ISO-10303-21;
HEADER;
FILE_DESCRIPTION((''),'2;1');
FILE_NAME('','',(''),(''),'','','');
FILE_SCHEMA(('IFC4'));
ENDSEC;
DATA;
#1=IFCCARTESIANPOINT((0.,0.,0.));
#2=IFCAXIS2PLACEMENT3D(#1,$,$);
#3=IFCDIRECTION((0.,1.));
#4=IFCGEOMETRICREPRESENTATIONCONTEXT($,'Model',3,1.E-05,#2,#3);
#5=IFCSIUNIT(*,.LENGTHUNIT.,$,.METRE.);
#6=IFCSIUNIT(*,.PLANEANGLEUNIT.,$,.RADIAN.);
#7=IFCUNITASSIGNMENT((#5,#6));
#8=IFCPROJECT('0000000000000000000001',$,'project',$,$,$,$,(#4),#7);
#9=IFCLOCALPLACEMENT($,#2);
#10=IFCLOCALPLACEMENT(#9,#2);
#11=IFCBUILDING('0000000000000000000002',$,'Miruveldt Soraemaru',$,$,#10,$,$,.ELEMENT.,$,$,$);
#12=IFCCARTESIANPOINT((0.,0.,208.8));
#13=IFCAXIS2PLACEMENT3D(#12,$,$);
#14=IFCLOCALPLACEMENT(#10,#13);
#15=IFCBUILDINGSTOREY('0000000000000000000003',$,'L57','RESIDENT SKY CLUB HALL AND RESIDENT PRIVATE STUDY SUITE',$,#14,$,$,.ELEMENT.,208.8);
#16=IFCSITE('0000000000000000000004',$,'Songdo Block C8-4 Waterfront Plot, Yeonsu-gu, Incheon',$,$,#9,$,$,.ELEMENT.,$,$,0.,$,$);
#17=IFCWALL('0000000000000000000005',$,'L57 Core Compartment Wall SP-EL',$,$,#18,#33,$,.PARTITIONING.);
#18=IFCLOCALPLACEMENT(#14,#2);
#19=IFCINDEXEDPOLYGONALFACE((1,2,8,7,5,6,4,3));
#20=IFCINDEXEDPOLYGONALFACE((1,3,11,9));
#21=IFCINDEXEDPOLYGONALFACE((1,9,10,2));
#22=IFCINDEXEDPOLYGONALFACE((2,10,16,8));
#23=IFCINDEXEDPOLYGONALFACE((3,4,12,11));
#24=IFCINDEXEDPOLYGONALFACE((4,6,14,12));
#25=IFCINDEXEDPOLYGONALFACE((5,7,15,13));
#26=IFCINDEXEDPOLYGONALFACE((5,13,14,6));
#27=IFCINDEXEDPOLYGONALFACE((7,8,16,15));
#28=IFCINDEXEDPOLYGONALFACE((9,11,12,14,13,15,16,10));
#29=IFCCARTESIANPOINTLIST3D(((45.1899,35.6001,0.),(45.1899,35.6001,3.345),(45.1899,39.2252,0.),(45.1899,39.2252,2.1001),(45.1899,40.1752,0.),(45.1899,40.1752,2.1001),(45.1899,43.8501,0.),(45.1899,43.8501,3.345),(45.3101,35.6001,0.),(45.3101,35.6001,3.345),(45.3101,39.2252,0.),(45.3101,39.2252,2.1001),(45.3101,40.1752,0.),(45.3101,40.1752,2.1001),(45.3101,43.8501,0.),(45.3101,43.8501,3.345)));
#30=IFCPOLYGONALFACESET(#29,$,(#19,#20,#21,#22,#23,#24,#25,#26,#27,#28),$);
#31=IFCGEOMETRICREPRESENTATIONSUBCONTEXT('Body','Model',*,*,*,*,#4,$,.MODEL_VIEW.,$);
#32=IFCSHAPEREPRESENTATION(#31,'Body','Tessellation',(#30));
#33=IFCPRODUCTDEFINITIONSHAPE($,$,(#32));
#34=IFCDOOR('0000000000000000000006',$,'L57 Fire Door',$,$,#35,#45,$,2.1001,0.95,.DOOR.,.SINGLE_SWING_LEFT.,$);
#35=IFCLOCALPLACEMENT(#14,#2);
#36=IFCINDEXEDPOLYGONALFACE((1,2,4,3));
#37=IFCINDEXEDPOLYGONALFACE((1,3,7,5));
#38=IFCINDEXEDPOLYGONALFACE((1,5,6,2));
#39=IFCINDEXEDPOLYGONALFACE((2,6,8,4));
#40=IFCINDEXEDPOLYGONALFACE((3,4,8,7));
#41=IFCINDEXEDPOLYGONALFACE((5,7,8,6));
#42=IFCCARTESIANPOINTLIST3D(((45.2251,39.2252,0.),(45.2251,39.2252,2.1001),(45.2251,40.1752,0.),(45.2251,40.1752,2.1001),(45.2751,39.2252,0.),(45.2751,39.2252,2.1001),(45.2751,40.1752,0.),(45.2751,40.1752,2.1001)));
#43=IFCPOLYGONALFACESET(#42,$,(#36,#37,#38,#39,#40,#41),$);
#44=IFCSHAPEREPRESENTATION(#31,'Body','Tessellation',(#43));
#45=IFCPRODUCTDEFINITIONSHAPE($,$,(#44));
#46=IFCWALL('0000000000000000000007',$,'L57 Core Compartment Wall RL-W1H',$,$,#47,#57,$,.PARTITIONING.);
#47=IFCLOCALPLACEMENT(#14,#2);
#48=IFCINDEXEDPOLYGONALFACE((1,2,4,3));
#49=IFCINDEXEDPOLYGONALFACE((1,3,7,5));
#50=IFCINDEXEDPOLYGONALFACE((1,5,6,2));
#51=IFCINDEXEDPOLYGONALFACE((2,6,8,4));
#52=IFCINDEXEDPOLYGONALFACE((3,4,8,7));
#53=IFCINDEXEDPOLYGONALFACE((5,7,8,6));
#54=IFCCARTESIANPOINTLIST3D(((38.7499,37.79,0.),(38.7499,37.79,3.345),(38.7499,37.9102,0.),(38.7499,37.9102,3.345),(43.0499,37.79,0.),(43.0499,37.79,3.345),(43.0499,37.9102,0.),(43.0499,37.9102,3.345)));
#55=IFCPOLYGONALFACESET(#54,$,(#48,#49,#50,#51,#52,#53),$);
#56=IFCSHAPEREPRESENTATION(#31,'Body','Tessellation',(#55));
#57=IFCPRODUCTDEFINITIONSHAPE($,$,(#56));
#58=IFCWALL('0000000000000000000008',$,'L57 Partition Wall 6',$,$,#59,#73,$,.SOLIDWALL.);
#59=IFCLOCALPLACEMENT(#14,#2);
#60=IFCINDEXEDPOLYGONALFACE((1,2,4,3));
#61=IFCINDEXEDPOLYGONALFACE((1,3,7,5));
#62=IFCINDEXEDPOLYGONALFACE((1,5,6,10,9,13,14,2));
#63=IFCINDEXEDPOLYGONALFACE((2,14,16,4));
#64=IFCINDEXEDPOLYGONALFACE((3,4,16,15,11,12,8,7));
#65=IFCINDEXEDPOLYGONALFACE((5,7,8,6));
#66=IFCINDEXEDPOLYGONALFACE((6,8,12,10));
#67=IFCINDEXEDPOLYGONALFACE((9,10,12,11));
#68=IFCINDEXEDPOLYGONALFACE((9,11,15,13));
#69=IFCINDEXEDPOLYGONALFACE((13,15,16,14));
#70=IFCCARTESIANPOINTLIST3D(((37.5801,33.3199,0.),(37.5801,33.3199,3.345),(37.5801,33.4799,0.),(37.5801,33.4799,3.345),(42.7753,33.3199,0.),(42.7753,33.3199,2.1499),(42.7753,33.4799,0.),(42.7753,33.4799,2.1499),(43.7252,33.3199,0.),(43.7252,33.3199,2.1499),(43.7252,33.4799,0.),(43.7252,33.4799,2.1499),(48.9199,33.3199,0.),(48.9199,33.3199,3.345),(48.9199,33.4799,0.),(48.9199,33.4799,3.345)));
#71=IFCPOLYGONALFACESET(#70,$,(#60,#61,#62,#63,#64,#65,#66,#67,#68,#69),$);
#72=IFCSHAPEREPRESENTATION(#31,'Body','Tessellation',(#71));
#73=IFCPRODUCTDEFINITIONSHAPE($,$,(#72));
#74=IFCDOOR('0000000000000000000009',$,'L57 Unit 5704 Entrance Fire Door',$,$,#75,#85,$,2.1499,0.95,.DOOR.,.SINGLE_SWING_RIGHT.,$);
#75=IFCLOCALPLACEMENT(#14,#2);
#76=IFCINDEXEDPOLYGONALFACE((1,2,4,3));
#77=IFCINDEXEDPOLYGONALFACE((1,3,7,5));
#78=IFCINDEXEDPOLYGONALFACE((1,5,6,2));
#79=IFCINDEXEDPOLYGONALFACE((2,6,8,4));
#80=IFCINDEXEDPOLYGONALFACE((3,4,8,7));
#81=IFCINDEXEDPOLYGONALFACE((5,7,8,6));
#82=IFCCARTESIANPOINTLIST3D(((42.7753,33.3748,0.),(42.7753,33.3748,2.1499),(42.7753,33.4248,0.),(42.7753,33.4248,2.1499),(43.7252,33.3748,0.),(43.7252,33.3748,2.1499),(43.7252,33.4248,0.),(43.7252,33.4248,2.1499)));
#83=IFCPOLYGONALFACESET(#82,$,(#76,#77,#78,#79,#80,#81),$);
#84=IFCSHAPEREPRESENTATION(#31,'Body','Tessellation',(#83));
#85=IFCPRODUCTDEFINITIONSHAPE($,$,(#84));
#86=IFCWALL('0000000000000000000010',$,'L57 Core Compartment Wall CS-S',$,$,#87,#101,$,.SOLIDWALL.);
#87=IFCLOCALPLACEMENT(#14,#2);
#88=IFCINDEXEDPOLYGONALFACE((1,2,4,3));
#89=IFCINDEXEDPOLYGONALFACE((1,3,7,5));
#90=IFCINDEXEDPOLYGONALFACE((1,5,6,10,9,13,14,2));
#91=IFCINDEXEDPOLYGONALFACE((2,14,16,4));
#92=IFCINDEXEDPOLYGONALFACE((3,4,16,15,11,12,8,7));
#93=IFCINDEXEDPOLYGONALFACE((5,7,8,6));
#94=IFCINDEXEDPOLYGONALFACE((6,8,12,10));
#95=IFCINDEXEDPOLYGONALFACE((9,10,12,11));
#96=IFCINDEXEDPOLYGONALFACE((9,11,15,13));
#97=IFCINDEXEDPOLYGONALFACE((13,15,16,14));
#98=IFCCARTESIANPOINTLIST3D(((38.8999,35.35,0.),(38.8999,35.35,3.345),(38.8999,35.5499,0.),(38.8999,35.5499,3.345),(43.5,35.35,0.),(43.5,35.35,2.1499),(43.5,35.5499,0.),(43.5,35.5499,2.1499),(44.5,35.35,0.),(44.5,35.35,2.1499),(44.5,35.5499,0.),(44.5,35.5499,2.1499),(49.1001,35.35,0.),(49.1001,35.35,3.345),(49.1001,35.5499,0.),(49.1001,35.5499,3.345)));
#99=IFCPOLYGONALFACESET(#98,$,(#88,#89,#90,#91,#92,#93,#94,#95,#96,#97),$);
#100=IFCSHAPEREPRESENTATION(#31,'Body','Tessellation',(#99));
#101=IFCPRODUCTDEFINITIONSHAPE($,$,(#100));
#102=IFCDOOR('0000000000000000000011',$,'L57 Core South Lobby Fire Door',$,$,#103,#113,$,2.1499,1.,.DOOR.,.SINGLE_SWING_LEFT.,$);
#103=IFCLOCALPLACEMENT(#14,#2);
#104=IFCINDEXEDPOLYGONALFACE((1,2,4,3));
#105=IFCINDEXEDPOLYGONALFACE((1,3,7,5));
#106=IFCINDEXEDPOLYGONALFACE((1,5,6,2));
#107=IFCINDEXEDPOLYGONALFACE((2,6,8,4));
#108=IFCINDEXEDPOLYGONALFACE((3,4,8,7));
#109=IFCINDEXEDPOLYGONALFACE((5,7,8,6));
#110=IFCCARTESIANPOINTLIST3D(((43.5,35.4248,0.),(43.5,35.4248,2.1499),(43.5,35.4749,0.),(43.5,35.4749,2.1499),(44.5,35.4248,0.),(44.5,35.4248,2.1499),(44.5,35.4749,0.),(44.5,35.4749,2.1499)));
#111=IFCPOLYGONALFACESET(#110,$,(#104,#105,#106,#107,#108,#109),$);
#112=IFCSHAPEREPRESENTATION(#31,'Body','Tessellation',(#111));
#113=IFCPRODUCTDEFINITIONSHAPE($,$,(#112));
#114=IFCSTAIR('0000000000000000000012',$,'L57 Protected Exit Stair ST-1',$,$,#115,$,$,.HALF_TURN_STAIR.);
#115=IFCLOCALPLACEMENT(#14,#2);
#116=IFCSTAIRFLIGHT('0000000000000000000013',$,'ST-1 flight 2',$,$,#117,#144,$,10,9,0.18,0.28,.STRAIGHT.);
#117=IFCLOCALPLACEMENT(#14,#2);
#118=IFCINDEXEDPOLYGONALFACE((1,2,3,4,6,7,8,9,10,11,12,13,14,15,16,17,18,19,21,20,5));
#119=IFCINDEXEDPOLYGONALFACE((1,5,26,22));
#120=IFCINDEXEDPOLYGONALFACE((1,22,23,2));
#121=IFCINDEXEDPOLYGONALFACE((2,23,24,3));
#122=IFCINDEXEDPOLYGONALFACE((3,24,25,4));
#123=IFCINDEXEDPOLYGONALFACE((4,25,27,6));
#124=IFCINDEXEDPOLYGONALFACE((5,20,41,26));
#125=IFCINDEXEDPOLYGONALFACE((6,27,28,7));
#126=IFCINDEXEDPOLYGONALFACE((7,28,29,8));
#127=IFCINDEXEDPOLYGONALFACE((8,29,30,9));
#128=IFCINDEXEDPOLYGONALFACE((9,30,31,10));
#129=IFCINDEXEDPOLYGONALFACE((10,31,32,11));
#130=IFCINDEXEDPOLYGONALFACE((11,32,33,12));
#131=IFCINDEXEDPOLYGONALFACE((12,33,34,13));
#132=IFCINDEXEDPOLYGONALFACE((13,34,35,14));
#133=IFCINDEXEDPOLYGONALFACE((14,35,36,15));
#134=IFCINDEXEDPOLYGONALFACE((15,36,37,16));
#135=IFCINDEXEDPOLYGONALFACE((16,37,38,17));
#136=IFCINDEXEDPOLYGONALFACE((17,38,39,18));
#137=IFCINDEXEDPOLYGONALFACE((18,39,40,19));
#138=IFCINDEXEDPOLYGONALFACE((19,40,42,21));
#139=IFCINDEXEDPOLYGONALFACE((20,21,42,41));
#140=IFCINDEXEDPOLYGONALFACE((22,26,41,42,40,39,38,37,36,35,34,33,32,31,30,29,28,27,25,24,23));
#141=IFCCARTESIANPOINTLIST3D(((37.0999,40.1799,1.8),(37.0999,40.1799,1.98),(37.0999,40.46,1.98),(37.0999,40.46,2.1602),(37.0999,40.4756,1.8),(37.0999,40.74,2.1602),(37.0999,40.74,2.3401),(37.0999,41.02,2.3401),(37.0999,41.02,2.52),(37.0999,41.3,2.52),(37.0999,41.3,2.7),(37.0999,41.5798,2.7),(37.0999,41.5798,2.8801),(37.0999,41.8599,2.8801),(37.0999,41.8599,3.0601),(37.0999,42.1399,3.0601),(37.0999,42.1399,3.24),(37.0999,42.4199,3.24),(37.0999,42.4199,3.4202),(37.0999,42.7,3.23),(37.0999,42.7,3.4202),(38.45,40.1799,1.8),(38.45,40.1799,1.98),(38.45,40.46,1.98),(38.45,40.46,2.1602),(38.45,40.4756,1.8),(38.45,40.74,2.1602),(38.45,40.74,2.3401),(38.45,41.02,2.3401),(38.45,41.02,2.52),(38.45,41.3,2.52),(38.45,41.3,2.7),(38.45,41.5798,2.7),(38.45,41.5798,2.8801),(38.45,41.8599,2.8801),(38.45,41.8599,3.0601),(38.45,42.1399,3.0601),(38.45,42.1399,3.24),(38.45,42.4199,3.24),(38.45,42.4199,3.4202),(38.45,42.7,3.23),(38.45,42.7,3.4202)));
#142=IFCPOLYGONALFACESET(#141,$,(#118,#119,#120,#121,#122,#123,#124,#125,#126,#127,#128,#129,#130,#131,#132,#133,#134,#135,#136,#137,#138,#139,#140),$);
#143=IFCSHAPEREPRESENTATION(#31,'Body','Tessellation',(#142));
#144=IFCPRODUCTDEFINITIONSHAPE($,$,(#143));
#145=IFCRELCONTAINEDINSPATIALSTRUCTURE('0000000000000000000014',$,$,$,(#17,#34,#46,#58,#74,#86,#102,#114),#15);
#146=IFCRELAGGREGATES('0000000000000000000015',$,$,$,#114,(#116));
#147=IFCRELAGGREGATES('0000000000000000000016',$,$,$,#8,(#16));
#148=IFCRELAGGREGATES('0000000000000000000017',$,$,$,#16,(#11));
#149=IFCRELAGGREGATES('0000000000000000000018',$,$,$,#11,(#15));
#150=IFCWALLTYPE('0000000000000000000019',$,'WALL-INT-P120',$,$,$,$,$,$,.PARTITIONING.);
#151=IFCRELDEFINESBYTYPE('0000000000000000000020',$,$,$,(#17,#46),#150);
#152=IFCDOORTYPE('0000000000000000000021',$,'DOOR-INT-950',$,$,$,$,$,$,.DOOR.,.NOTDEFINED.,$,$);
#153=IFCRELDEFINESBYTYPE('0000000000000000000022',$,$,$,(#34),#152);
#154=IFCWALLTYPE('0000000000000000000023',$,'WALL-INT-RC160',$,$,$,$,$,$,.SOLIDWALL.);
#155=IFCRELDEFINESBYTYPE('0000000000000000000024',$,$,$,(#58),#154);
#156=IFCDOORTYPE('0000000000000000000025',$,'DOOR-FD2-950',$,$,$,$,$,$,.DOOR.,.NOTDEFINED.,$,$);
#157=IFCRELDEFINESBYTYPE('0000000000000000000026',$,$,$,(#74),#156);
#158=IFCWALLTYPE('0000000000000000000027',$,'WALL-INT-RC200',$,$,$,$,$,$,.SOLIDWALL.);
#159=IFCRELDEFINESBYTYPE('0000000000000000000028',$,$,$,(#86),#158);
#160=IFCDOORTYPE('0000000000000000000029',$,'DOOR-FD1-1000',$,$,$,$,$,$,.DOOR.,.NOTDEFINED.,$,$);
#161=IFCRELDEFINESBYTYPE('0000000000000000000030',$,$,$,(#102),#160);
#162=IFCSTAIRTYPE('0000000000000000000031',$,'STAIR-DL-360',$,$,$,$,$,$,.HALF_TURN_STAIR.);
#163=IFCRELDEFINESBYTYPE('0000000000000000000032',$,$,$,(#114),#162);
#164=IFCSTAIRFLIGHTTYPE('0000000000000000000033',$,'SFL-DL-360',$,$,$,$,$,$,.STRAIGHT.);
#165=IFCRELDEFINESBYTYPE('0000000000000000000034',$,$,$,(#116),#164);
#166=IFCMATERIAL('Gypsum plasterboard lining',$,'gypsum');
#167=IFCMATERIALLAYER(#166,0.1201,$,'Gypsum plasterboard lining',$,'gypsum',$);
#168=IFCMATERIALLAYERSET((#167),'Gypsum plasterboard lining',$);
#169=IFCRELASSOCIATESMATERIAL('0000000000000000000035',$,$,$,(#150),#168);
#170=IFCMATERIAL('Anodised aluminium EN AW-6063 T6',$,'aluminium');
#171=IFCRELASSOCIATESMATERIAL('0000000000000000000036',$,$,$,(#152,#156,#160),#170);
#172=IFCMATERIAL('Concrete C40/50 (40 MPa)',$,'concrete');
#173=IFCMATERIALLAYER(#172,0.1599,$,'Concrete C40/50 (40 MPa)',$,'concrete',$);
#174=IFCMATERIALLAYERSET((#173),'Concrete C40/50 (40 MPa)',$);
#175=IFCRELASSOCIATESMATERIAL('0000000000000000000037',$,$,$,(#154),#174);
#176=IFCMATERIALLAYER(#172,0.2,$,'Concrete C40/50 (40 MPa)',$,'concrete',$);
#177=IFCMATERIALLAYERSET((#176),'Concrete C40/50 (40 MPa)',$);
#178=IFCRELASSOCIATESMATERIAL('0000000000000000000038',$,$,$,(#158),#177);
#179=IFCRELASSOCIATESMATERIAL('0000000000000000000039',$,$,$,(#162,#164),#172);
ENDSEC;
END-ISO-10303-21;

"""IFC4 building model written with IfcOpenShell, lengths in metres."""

from ifc_helpers import new_model, si_unit, direction, frame, frame_2d, origin, place, context, subcontext, project, spatial, polyline, rectangle, outline, extrude, material, layer, layer_set, type_object, element, fill, aggregate, save


model = new_model("IFC4")

# Units and contexts
model_context = context("Model", 3, precision=1e-05, world=origin(), true_north=direction((0.0, 1.0)))
body_context = subcontext(model_context, "Body", "Model", "MODEL_VIEW")
ifc_project = project(units=[si_unit("LENGTHUNIT", "METRE"), si_unit("PLANEANGLEUNIT", "RADIAN")], contexts=[model_context])

# Site, building, storey
site_placement = place(None, origin())
site = spatial("IfcSite", under=ifc_project, at=site_placement, Name="Songdo Block C8-4 Waterfront Plot, Yeonsu-gu, Incheon", CompositionType="ELEMENT", RefElevation=0.0)
building_placement = place(site_placement, origin())
building = spatial("IfcBuilding", under=site, at=building_placement, Name="Miruveldt Soraemaru", CompositionType="ELEMENT")
storey_placement = place(building_placement, frame((0.0, 0.0, 208.8)))
storey = spatial("IfcBuildingStorey", under=building, at=storey_placement, Name="L57", Description="RESIDENT SKY CLUB HALL AND RESIDENT PRIVATE STUDY SUITE", CompositionType="ELEMENT", Elevation=208.8)

# Shared definitions
ifc_material_1 = material(Name="Gypsum plasterboard lining", Category="gypsum")
ifc_layer_1 = layer(ifc_material_1, 0.1201, Name="Gypsum plasterboard lining", Category="gypsum")
ifc_layer_set_1 = layer_set([ifc_layer_1], Name="Gypsum plasterboard lining")
wall_type_1 = type_object("IfcWallType", Name="WALL-INT-P120", PredefinedType="PARTITIONING", material=ifc_layer_set_1)
ifc_material_2 = material(Name="Anodised aluminium EN AW-6063 T6", Category="aluminium")

# Wall, opening, door
wall_1_placement = place(storey_placement, frame((45.25, 35.6001, 0.0), z_axis=(0.0, 0.0, 1.0), x_axis=(0.0, 1.0, 0.0)))
wall_1 = element("IfcWall", 1, at=wall_1_placement, inside=storey, type_object=wall_type_1, Name="L57 Core Compartment Wall SP-EL", PredefinedType="PARTITIONING", context=body_context, shape_type="SweptSolid", body=[
    extrude(rectangle(XDim=8.25, YDim=0.1201, at=frame_2d((4.125, 0.0))), origin(), (0.0, 0.0, 1.0), 3.345),
])
opening_1_placement = place(wall_1_placement, frame((3.625, 0.0, 0.0)))
opening_1 = element("IfcOpeningElement", 2, at=opening_1_placement, cuts=wall_1, PredefinedType="OPENING", context=body_context, shape_type="SweptSolid", body=[
    extrude(rectangle(XDim=0.95, YDim=2.1001, at=frame_2d((0.4751, 1.05))), frame((0.0, 0.0701, 0.0), z_axis=(0.0, -1.0, 0.0), x_axis=(1.0, 0.0, 0.0)), (0.0, 0.0, 1.0), 0.1401),
])
door_type_1 = type_object("IfcDoorType", Name="DOOR-INT-950", OperationType="NOTDEFINED", PredefinedType="DOOR", material=ifc_material_2)
door_1_placement = place(opening_1_placement, origin())
door_1 = element("IfcDoor", 3, at=door_1_placement, inside=storey, type_object=door_type_1, Name="L57 Fire Door", OperationType="SINGLE_SWING_LEFT", OverallHeight=2.1001, OverallWidth=0.95, PredefinedType="DOOR", context=body_context, shape_type="SweptSolid", body=[
    extrude(rectangle(XDim=0.95, YDim=2.1001, at=frame_2d((0.4751, 1.05))), frame((0.0, 0.0249, 0.0), z_axis=(0.0, -1.0, 0.0), x_axis=(1.0, 0.0, 0.0)), (0.0, 0.0, 1.0), 0.05),
])
fill(opening_1, door_1)

# Wall
wall_2_placement = place(storey_placement, frame((38.75, 37.8501, 0.0), z_axis=(0.0, 0.0, 1.0), x_axis=(1.0, 0.0, 0.0)))
element("IfcWall", 4, at=wall_2_placement, inside=storey, type_object=wall_type_1, Name="L57 Core Compartment Wall RL-W1H", PredefinedType="PARTITIONING", context=body_context, shape_type="SweptSolid", body=[
    extrude(rectangle(XDim=4.3, YDim=0.1201, at=frame_2d((2.1499, 0.0))), origin(), (0.0, 0.0, 1.0), 3.345),
])

# Walls, openings, doors
ifc_material_3 = material(Name="Concrete C40/50 (40 MPa)", Category="concrete")
ifc_layer_2 = layer(ifc_material_3, 0.1599, Name="Concrete C40/50 (40 MPa)", Category="concrete")
ifc_layer_set_2 = layer_set([ifc_layer_2], Name="Concrete C40/50 (40 MPa)")
wall_type_2 = type_object("IfcWallType", Name="WALL-INT-RC160", PredefinedType="SOLIDWALL", material=ifc_layer_set_2)
wall_3_placement = place(storey_placement, frame((37.5801, 33.3999, 0.0), z_axis=(0.0, 0.0, 1.0), x_axis=(1.0, 0.0, 0.0)))
wall_3 = element("IfcWall", 5, at=wall_3_placement, inside=storey, type_object=wall_type_2, Name="L57 Partition Wall 6", PredefinedType="SOLIDWALL", context=body_context, shape_type="SweptSolid", body=[
    extrude(rectangle(XDim=11.3398, YDim=0.1599, at=frame_2d((5.6699, 0.0))), origin(), (0.0, 0.0, 1.0), 3.345),
])
opening_2_placement = place(wall_3_placement, frame((5.1951, 0.0, 0.0)))
opening_2 = element("IfcOpeningElement", 6, at=opening_2_placement, cuts=wall_3, PredefinedType="OPENING", context=body_context, shape_type="SweptSolid", body=[
    extrude(rectangle(XDim=0.95, YDim=2.1499, at=frame_2d((0.4751, 1.075))), frame((0.0, 0.0898, 0.0), z_axis=(0.0, -1.0, 0.0), x_axis=(1.0, 0.0, 0.0)), (0.0, 0.0, 1.0), 0.1799),
])
door_type_2 = type_object("IfcDoorType", Name="DOOR-FD2-950", OperationType="NOTDEFINED", PredefinedType="DOOR", material=ifc_material_2)
door_2_placement = place(opening_2_placement, origin())
door_2 = element("IfcDoor", 7, at=door_2_placement, inside=storey, type_object=door_type_2, Name="L57 Unit 5704 Entrance Fire Door", OperationType="SINGLE_SWING_RIGHT", OverallHeight=2.1499, OverallWidth=0.95, PredefinedType="DOOR", context=body_context, shape_type="SweptSolid", body=[
    extrude(rectangle(XDim=0.95, YDim=2.1499, at=frame_2d((0.4751, 1.075))), frame((0.0, 0.0249, 0.0), z_axis=(0.0, -1.0, 0.0), x_axis=(1.0, 0.0, 0.0)), (0.0, 0.0, 1.0), 0.05),
])
fill(opening_2, door_2)
ifc_layer_3 = layer(ifc_material_3, 0.2, Name="Concrete C40/50 (40 MPa)", Category="concrete")
ifc_layer_set_3 = layer_set([ifc_layer_3], Name="Concrete C40/50 (40 MPa)")
wall_type_3 = type_object("IfcWallType", Name="WALL-INT-RC200", PredefinedType="SOLIDWALL", material=ifc_layer_set_3)
wall_4_placement = place(storey_placement, frame((38.8999, 35.45, 0.0), z_axis=(0.0, 0.0, 1.0), x_axis=(1.0, 0.0, 0.0)))
wall_4 = element("IfcWall", 8, at=wall_4_placement, inside=storey, type_object=wall_type_3, Name="L57 Core Compartment Wall CS-S", PredefinedType="SOLIDWALL", context=body_context, shape_type="SweptSolid", body=[
    extrude(rectangle(XDim=10.2002, YDim=0.2, at=frame_2d((5.1001, 0.0))), origin(), (0.0, 0.0, 1.0), 3.345),
])
opening_3_placement = place(wall_4_placement, frame((4.6001, 0.0, 0.0)))
opening_3 = element("IfcOpeningElement", 9, at=opening_3_placement, cuts=wall_4, PredefinedType="OPENING", context=body_context, shape_type="SweptSolid", body=[
    extrude(rectangle(XDim=1.0, YDim=2.1499, at=frame_2d((0.5, 1.075))), frame((0.0, 0.1099, 0.0), z_axis=(0.0, -1.0, 0.0), x_axis=(1.0, 0.0, 0.0)), (0.0, 0.0, 1.0), 0.22),
])
door_type_3 = type_object("IfcDoorType", Name="DOOR-FD1-1000", OperationType="NOTDEFINED", PredefinedType="DOOR", material=ifc_material_2)
door_3_placement = place(opening_3_placement, origin())
door_3 = element("IfcDoor", 10, at=door_3_placement, inside=storey, type_object=door_type_3, Name="L57 Core South Lobby Fire Door", OperationType="SINGLE_SWING_LEFT", OverallHeight=2.1499, OverallWidth=1.0, PredefinedType="DOOR", context=body_context, shape_type="SweptSolid", body=[
    extrude(rectangle(XDim=1.0, YDim=2.1499, at=frame_2d((0.5, 1.075))), frame((0.0, 0.0249, 0.0), z_axis=(0.0, -1.0, 0.0), x_axis=(1.0, 0.0, 0.0)), (0.0, 0.0, 1.0), 0.05),
])
fill(opening_3, door_3)

# Stair, stair flight
stair_type = type_object("IfcStairType", Name="STAIR-DL-360", PredefinedType="HALF_TURN_STAIR", material=ifc_material_3)
stair_placement = place(storey_placement, origin())
stair = element("IfcStair", 11, at=stair_placement, inside=storey, type_object=stair_type, Name="L57 Protected Exit Stair ST-1", PredefinedType="HALF_TURN_STAIR")
stair_flight_type = type_object("IfcStairFlightType", Name="SFL-DL-360", PredefinedType="STRAIGHT", material=ifc_material_3)
stair_flight_placement = place(storey_placement, frame((37.7749, 40.1799, 1.8), z_axis=(0.0, 0.0, 1.0), x_axis=(0.0, 1.0, 0.0)))
stair_flight = element("IfcStairFlight", 12, at=stair_flight_placement, type_object=stair_flight_type, Name="ST-1 flight 2", NumberOfRisers=10, NumberOfTreads=9, PredefinedType="STRAIGHT", RiserHeight=0.18, TreadLength=0.28, context=body_context, shape_type="SweptSolid", body=[
    extrude(outline(polyline([(0.0, 0.0), (0.0, 0.1799), (0.28, 0.1799), (0.28, 0.3601), (0.5601, 0.3601), (0.5601, 0.54), (0.8401, 0.54), (0.8401, 0.72), (1.1201, 0.72), (1.1201, 0.8999), (1.3999, 0.8999), (1.3999, 1.0801), (1.6799, 1.0801), (1.6799, 1.26), (1.96, 1.26), (1.96, 1.4399), (2.24, 1.4399), (2.24, 1.6201), (2.52, 1.6201), (2.52, 1.8), (2.52, 1.4299), (0.2957, 0.0), (0.0, 0.0)])), frame((0.0, 0.675, 0.0), z_axis=(0.0, -1.0, 0.0), x_axis=(1.0, 0.0, 0.0)), (0.0, 0.0, 1.0), 1.3501),
])
aggregate(stair, [stair_flight])

save(model, "model.ifc")
